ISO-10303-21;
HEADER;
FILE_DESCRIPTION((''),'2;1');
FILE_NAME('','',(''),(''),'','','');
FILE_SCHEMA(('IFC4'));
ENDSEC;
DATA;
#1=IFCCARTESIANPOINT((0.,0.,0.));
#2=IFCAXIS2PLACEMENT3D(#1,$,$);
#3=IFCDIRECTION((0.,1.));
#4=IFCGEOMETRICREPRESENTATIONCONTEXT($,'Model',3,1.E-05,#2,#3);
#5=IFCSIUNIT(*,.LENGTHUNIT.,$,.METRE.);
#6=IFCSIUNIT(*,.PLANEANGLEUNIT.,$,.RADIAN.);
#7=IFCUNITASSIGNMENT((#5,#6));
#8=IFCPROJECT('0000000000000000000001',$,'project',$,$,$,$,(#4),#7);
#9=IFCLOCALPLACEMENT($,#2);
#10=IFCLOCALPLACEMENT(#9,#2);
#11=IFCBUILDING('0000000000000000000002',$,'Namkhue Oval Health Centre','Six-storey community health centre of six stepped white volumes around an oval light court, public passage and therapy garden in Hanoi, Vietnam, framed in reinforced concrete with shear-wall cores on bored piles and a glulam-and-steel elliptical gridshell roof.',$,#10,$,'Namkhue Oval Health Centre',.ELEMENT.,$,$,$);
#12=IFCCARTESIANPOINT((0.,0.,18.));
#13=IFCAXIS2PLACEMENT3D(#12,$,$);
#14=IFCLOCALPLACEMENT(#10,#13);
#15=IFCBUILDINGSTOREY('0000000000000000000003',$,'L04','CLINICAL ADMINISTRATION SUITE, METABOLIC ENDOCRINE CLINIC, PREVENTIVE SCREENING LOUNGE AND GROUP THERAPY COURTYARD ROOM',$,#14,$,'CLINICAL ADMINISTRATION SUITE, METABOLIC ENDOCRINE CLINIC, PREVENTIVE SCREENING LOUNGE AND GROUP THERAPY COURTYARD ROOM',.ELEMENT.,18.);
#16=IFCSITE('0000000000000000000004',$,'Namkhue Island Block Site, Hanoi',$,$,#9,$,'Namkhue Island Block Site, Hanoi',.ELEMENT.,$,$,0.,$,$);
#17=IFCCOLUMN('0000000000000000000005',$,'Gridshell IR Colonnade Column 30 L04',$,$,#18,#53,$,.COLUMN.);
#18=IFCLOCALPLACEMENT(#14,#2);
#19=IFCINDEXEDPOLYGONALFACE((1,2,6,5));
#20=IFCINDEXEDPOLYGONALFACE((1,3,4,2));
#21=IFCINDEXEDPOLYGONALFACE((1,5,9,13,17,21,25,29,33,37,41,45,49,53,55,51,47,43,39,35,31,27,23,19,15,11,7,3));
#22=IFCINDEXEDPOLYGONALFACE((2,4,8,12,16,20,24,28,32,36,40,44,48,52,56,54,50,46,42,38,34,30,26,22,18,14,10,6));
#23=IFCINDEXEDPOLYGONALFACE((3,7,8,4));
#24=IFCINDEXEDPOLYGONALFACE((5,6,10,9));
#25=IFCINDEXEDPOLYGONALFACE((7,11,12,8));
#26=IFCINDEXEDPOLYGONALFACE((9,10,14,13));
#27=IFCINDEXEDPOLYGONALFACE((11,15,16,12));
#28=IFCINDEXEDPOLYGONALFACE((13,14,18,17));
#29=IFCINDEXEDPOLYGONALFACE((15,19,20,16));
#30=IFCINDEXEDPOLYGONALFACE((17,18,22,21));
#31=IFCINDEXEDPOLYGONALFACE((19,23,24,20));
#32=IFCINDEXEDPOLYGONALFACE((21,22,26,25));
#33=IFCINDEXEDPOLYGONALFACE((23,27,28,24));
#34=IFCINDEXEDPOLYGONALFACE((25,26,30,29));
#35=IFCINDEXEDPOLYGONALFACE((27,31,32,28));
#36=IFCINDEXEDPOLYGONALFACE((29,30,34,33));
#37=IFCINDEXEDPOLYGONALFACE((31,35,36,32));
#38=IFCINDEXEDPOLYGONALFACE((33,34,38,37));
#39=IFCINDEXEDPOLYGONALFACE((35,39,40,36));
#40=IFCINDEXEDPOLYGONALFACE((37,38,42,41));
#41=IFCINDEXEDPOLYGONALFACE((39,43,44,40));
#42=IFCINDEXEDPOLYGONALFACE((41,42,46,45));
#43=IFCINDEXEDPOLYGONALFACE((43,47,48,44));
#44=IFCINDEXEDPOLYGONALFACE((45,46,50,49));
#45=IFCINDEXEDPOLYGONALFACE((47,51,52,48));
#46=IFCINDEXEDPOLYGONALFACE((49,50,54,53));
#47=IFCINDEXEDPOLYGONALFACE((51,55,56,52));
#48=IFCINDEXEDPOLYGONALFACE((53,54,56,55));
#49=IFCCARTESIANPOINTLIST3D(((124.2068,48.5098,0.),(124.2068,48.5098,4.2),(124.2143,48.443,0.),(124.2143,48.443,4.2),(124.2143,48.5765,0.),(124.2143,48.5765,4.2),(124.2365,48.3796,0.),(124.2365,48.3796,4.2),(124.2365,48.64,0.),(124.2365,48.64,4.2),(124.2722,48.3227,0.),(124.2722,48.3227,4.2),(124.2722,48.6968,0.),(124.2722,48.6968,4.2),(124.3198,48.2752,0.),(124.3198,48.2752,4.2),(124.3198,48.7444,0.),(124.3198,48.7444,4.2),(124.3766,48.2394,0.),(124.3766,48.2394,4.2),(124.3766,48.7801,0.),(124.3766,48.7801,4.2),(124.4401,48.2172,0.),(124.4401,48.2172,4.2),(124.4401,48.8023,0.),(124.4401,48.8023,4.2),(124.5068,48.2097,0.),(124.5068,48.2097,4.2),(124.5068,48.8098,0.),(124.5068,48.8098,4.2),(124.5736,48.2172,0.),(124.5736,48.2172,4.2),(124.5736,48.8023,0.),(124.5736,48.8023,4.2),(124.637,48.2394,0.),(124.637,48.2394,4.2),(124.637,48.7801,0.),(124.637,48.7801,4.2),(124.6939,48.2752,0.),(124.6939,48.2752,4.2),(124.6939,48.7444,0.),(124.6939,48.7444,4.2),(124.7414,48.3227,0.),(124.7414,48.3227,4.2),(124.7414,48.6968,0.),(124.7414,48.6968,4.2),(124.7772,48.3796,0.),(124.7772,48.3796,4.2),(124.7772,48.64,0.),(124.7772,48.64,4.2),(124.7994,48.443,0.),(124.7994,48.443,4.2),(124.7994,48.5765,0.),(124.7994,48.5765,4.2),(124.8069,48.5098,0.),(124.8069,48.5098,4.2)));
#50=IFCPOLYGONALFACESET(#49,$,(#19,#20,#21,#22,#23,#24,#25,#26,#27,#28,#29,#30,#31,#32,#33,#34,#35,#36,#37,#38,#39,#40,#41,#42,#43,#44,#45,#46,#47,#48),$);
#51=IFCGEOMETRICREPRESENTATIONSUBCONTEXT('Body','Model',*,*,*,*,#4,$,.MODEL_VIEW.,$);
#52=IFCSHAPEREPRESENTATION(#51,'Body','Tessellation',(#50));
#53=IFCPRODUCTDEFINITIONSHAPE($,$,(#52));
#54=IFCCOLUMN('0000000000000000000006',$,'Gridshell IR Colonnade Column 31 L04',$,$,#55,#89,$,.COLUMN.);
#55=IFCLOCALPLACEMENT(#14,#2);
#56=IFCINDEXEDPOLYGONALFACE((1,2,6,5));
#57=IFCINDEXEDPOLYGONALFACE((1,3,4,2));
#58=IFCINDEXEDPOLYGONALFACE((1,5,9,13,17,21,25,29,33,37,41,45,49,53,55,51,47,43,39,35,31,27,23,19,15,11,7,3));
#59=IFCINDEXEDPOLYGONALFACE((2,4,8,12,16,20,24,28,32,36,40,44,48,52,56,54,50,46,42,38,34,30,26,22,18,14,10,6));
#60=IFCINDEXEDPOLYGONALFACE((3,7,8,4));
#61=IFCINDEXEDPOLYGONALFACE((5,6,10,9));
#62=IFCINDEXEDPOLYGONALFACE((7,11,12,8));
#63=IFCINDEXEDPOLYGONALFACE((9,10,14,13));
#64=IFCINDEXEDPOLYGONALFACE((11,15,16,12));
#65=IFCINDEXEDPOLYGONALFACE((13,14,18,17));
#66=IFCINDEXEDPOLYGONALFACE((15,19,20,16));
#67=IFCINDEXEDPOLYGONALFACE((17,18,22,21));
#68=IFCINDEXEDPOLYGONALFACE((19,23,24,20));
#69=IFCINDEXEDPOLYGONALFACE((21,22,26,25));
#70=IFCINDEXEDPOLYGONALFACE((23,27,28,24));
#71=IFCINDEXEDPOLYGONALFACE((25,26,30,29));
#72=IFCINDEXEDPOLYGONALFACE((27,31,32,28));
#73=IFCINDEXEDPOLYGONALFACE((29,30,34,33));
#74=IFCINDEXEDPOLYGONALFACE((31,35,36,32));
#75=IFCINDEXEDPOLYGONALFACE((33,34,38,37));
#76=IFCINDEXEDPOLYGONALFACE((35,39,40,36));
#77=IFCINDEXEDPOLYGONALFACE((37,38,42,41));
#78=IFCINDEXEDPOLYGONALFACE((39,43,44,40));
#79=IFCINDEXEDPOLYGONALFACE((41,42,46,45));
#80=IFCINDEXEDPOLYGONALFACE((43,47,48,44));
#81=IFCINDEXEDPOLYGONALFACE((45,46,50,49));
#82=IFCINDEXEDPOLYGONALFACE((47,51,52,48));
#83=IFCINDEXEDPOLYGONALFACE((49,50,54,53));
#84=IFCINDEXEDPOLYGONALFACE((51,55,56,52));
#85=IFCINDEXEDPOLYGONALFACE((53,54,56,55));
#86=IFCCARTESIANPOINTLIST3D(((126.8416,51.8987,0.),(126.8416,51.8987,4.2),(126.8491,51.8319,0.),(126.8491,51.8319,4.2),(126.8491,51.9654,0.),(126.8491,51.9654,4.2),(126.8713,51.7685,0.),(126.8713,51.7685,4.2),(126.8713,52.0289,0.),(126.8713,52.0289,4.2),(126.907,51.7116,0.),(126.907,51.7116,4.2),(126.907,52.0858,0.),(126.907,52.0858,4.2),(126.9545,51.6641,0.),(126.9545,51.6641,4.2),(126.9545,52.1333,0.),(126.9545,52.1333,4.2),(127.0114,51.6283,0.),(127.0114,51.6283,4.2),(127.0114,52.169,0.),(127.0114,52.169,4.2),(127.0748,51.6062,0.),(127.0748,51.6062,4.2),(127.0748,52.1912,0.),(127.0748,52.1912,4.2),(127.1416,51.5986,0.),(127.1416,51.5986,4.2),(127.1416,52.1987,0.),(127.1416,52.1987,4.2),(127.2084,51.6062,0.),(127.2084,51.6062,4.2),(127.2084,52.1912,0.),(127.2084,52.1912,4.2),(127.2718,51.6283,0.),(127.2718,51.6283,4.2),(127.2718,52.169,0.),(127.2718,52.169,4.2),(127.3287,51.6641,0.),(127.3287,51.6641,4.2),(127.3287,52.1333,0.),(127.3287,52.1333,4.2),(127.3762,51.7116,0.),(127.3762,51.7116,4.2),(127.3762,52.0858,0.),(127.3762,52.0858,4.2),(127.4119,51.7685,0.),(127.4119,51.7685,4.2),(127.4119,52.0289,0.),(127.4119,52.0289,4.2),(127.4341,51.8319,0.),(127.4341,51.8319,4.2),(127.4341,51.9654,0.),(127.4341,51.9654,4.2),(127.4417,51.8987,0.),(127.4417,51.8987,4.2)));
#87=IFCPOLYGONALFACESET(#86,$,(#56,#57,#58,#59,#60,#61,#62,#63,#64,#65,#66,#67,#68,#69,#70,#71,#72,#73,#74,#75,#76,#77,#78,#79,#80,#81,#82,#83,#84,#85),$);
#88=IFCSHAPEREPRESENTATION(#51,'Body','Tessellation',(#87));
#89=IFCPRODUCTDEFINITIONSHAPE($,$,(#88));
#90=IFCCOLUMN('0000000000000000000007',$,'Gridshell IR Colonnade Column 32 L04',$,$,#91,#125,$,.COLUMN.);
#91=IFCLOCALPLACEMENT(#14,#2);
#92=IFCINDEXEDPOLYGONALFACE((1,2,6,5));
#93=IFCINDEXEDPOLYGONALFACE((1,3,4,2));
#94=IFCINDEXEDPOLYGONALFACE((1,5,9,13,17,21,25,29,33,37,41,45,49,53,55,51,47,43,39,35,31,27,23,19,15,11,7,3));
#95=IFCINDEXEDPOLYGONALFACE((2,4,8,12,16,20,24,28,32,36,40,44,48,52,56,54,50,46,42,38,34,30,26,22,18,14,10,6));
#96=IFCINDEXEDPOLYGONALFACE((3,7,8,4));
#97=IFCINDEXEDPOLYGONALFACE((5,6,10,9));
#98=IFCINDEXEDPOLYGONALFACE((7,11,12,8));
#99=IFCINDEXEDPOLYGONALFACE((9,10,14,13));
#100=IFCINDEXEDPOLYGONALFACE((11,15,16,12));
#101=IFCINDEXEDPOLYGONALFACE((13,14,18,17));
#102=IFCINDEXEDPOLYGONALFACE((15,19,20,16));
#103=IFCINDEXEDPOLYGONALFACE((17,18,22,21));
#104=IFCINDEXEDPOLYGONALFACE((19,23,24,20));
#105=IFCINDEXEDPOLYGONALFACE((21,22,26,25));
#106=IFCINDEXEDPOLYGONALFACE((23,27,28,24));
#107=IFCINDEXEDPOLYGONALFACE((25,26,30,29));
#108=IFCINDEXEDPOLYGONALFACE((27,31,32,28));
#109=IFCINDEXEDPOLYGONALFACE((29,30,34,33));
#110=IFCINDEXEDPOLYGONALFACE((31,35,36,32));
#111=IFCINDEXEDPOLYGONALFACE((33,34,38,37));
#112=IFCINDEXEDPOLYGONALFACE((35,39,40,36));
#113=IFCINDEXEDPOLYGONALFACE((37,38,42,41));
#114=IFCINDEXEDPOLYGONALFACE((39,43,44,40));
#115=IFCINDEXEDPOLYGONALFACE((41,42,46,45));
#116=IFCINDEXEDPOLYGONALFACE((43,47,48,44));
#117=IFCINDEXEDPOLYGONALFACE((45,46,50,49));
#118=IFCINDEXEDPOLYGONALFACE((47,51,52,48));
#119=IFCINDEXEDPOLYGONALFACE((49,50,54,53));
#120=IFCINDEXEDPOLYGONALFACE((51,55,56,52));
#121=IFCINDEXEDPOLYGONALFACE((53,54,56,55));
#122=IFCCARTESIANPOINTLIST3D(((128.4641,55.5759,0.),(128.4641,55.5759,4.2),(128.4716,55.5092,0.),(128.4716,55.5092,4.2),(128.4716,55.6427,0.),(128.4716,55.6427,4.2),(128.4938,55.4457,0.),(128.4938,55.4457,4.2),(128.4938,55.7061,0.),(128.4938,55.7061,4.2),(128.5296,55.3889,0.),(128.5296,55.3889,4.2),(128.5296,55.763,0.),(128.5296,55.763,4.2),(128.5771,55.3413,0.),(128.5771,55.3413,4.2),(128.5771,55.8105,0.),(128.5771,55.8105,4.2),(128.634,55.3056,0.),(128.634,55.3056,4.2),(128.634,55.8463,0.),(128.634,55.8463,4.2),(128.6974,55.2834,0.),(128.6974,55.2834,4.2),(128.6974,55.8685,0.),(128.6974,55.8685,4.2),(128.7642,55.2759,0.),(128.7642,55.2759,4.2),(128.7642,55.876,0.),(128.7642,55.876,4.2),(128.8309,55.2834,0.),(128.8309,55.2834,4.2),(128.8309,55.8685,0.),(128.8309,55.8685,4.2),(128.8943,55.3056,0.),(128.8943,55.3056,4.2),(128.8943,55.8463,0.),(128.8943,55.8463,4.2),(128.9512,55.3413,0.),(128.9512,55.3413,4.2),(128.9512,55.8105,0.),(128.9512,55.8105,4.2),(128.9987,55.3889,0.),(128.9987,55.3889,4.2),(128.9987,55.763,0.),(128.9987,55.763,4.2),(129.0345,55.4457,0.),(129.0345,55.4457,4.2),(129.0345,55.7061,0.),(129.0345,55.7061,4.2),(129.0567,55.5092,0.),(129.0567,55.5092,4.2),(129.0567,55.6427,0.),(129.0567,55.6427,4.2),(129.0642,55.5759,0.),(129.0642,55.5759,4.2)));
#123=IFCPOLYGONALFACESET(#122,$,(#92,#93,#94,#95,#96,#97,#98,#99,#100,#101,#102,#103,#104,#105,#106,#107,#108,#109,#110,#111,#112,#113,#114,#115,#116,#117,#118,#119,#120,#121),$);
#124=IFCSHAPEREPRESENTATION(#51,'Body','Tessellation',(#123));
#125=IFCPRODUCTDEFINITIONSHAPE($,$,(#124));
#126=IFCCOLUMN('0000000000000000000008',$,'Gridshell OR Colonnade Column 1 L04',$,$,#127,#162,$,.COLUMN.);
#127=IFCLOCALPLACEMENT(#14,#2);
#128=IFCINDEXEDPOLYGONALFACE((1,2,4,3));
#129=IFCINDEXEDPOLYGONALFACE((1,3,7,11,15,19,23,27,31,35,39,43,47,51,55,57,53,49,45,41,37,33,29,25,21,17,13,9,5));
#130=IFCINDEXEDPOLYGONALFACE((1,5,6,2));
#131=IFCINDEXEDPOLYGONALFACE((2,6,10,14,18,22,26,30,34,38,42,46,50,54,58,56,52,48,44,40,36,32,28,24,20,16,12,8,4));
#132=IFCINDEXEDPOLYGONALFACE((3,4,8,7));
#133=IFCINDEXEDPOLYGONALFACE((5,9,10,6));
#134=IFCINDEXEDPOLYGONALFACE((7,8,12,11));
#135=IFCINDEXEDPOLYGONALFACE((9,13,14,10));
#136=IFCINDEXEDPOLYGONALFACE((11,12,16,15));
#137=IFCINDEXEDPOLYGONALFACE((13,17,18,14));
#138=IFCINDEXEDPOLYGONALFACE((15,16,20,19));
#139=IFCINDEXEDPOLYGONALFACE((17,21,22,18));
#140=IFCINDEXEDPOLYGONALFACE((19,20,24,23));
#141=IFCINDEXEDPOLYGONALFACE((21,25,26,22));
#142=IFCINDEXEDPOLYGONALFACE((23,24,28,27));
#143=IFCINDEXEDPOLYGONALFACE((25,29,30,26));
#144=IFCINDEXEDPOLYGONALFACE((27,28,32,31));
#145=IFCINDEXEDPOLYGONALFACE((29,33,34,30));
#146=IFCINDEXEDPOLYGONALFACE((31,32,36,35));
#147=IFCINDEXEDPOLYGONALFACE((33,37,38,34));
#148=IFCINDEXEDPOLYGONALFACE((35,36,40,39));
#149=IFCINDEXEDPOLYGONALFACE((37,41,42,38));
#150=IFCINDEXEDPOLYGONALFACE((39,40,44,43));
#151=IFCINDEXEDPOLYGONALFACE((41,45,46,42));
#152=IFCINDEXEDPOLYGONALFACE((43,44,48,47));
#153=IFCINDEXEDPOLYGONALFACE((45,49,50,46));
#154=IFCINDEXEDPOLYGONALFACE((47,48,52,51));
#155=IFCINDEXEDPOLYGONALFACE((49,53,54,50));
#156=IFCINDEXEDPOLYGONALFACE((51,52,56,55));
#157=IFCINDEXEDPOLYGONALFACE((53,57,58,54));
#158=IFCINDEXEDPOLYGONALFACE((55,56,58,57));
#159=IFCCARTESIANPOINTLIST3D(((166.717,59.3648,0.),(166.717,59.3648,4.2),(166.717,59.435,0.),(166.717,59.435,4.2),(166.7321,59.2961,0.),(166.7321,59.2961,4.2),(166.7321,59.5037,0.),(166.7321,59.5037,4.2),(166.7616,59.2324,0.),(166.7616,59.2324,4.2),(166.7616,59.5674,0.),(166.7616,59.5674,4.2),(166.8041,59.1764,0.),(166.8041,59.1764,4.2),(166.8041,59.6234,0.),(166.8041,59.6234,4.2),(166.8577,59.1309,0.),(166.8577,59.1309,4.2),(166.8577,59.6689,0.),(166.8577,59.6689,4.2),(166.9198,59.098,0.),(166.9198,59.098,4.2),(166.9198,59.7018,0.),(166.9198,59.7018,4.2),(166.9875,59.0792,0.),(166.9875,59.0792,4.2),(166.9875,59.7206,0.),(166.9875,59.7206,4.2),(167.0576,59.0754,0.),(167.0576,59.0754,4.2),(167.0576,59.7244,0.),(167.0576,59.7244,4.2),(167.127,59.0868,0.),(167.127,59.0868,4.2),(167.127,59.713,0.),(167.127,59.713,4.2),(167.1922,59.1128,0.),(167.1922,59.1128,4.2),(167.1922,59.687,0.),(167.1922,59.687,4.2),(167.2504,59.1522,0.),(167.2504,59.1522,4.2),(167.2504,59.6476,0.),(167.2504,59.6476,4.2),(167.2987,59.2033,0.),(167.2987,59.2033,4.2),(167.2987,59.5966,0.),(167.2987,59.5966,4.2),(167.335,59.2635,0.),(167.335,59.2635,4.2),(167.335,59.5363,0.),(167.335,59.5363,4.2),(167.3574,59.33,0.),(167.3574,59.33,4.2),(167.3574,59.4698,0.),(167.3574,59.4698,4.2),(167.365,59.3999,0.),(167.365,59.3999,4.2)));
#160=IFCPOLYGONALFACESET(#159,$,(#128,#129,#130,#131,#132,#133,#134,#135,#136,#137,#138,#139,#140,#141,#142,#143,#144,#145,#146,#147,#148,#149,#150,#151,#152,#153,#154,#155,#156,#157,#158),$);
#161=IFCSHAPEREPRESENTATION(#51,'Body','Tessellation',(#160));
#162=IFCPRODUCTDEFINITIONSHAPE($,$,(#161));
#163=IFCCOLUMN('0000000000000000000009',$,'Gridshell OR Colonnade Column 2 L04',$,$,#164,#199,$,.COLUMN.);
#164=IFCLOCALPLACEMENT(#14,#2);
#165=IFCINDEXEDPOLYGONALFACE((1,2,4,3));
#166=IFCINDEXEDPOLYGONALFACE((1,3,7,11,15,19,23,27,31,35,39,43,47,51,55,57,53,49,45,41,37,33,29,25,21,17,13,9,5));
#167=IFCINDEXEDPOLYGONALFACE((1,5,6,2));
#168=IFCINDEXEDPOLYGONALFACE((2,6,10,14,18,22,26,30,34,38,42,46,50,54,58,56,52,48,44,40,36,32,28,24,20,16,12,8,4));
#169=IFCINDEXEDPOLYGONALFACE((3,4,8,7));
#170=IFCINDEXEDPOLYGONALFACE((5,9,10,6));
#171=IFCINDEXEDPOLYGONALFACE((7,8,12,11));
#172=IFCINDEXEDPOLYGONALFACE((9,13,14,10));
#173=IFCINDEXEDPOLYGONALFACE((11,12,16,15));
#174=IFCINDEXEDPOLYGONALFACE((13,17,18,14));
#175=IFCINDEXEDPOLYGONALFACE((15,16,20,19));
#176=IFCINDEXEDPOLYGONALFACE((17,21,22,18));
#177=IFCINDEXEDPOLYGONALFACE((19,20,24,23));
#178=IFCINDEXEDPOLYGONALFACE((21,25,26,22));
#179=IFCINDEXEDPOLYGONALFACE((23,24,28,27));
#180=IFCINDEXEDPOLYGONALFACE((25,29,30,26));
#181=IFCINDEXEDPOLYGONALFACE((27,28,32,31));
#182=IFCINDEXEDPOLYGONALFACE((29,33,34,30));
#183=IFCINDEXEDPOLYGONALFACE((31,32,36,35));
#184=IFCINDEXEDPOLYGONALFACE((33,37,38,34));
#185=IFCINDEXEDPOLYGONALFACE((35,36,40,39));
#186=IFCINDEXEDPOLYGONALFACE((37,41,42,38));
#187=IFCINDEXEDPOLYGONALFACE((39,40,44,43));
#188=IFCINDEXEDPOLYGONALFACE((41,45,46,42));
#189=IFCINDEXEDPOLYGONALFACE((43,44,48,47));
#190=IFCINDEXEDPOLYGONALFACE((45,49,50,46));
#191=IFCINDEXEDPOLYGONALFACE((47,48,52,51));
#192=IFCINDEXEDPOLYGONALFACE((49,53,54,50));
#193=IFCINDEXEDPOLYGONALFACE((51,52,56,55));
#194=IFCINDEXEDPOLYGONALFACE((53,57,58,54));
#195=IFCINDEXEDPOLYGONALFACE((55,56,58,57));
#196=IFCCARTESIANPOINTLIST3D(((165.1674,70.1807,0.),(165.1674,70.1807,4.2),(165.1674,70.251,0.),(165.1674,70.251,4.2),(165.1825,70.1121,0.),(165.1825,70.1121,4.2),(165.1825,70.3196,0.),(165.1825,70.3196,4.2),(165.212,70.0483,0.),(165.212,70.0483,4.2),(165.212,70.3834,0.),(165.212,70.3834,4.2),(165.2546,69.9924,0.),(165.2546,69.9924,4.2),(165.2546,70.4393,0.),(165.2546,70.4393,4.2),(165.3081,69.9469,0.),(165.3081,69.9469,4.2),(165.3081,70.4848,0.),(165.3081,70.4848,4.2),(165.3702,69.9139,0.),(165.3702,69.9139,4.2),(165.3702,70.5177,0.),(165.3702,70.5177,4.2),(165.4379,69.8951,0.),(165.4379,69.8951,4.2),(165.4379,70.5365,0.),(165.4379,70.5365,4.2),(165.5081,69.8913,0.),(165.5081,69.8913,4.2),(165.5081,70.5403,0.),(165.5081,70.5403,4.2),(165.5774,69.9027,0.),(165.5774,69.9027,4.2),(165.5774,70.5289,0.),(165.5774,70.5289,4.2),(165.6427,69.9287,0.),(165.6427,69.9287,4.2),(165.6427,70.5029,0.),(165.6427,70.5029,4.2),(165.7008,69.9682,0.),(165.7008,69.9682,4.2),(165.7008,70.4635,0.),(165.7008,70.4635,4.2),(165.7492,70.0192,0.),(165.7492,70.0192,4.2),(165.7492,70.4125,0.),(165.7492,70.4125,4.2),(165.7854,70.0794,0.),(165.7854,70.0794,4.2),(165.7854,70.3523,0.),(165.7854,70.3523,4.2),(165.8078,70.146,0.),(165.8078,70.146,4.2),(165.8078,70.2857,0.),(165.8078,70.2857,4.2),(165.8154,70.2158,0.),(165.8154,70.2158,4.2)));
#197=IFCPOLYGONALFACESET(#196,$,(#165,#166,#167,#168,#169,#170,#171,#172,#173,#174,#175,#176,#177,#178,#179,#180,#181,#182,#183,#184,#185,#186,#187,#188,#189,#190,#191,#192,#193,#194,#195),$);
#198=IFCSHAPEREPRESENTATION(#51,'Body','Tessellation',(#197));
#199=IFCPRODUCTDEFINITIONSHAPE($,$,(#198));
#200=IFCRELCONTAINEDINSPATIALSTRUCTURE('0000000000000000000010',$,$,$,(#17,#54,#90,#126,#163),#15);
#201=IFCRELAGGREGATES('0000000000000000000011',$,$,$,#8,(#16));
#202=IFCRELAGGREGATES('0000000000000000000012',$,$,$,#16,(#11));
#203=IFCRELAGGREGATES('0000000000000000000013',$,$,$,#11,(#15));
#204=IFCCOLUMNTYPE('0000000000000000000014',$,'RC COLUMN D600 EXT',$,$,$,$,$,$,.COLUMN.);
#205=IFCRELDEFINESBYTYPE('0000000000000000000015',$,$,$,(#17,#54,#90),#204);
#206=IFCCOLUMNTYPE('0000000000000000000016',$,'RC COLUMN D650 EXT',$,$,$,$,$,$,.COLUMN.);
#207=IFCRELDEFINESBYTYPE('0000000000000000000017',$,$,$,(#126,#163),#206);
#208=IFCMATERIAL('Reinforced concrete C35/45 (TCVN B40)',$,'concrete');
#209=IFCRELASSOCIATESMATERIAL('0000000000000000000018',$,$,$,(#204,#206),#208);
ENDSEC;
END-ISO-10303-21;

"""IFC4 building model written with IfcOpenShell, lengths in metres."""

from ifc_helpers import new_model, si_unit, direction, frame, origin, origin_2d, place, context, subcontext, project, spatial, circle, extrude, material, material_profile, profile_set, type_object, element, save


model = new_model("IFC4")

# Units and contexts
model_context = context("Model", 3, precision=1e-05, world=origin(), true_north=direction((0.0, 1.0)))
body_context = subcontext(model_context, "Body", "Model", "MODEL_VIEW")
ifc_project = project(units=[si_unit("LENGTHUNIT", "METRE"), si_unit("PLANEANGLEUNIT", "RADIAN")], contexts=[model_context])

# Site, building, storey
site_placement = place(None, origin())
site = spatial("IfcSite", under=ifc_project, at=site_placement, Name="Namkhue Island Block Site, Hanoi", LongName="Namkhue Island Block Site, Hanoi", CompositionType="ELEMENT", RefElevation=0.0)
building_placement = place(site_placement, origin())
building = spatial("IfcBuilding", under=site, at=building_placement, Name="Namkhue Oval Health Centre", Description="Six-storey community health centre of six stepped white volumes around an oval light court, public passage and therapy garden in Hanoi, Vietnam, framed in reinforced concrete with shear-wall cores on bored piles and a glulam-and-steel elliptical gridshell roof.", LongName="Namkhue Oval Health Centre", CompositionType="ELEMENT")
storey_placement = place(building_placement, frame((0.0, 0.0, 18.0)))
storey = spatial("IfcBuildingStorey", under=building, at=storey_placement, Name="L04", Description="CLINICAL ADMINISTRATION SUITE, METABOLIC ENDOCRINE CLINIC, PREVENTIVE SCREENING LOUNGE AND GROUP THERAPY COURTYARD ROOM", LongName="CLINICAL ADMINISTRATION SUITE, METABOLIC ENDOCRINE CLINIC, PREVENTIVE SCREENING LOUNGE AND GROUP THERAPY COURTYARD ROOM", CompositionType="ELEMENT", Elevation=18.0)

# Columns
ifc_material_1 = material(Name="Reinforced concrete C35/45 (TCVN B40)", Category="concrete")
ifc_material_profile_1 = material_profile(ifc_material_1, circle(Radius=0.3, at=origin_2d()), Name="RC D600")
ifc_profile_set_1 = profile_set([ifc_material_profile_1], Name="Reinforced concrete C35/45 (TCVN B40)")
column_type_1 = type_object("IfcColumnType", Name="RC COLUMN D600 EXT", PredefinedType="COLUMN", material=ifc_profile_set_1)
for number, where, z_axis, x_axis, name in (
    (1, (124.5068, 48.5098, 0.0), (0.0, 0.0, 1.0), (1.0, 0.0, 0.0), "Gridshell IR Colonnade Column 30 L04"),
    (2, (127.1416, 51.8987, 0.0), (0.0, 0.0, 1.0), (1.0, 0.0, 0.0), "Gridshell IR Colonnade Column 31 L04"),
    (3, (128.7642, 55.5759, 0.0), (0.0, 0.0, 1.0), (1.0, 0.0, 0.0), "Gridshell IR Colonnade Column 32 L04"),
):
    element("IfcColumn", number, at=place(storey_placement, frame(where, z_axis=z_axis, x_axis=x_axis)), inside=storey, type_object=column_type_1, Name=name, PredefinedType="COLUMN", context=body_context, shape_type="SweptSolid", body=[
        extrude(circle(Radius=0.3, at=origin_2d()), origin(), (0.0, 0.0, 1.0), 4.2),
    ])
ifc_material_profile_2 = material_profile(ifc_material_1, circle(Radius=0.325, at=origin_2d()), Name="RC D650")
ifc_profile_set_2 = profile_set([ifc_material_profile_2], Name="Reinforced concrete C35/45 (TCVN B40)")
column_type_2 = type_object("IfcColumnType", Name="RC COLUMN D650 EXT", PredefinedType="COLUMN", material=ifc_profile_set_2)
for number, where, z_axis, x_axis, name in (
    (4, (167.04, 59.3999, 0.0), (0.0, 0.0, 1.0), (1.0, 0.0, 0.0), "Gridshell OR Colonnade Column 1 L04"),
    (5, (165.4905, 70.2158, 0.0), (0.0, 0.0, 1.0), (1.0, 0.0, 0.0), "Gridshell OR Colonnade Column 2 L04"),
):
    element("IfcColumn", number, at=place(storey_placement, frame(where, z_axis=z_axis, x_axis=x_axis)), inside=storey, type_object=column_type_2, Name=name, PredefinedType="COLUMN", context=body_context, shape_type="SweptSolid", body=[
        extrude(circle(Radius=0.325, at=origin_2d()), origin(), (0.0, 0.0, 1.0), 4.2),
    ])

save(model, "model.ifc")
